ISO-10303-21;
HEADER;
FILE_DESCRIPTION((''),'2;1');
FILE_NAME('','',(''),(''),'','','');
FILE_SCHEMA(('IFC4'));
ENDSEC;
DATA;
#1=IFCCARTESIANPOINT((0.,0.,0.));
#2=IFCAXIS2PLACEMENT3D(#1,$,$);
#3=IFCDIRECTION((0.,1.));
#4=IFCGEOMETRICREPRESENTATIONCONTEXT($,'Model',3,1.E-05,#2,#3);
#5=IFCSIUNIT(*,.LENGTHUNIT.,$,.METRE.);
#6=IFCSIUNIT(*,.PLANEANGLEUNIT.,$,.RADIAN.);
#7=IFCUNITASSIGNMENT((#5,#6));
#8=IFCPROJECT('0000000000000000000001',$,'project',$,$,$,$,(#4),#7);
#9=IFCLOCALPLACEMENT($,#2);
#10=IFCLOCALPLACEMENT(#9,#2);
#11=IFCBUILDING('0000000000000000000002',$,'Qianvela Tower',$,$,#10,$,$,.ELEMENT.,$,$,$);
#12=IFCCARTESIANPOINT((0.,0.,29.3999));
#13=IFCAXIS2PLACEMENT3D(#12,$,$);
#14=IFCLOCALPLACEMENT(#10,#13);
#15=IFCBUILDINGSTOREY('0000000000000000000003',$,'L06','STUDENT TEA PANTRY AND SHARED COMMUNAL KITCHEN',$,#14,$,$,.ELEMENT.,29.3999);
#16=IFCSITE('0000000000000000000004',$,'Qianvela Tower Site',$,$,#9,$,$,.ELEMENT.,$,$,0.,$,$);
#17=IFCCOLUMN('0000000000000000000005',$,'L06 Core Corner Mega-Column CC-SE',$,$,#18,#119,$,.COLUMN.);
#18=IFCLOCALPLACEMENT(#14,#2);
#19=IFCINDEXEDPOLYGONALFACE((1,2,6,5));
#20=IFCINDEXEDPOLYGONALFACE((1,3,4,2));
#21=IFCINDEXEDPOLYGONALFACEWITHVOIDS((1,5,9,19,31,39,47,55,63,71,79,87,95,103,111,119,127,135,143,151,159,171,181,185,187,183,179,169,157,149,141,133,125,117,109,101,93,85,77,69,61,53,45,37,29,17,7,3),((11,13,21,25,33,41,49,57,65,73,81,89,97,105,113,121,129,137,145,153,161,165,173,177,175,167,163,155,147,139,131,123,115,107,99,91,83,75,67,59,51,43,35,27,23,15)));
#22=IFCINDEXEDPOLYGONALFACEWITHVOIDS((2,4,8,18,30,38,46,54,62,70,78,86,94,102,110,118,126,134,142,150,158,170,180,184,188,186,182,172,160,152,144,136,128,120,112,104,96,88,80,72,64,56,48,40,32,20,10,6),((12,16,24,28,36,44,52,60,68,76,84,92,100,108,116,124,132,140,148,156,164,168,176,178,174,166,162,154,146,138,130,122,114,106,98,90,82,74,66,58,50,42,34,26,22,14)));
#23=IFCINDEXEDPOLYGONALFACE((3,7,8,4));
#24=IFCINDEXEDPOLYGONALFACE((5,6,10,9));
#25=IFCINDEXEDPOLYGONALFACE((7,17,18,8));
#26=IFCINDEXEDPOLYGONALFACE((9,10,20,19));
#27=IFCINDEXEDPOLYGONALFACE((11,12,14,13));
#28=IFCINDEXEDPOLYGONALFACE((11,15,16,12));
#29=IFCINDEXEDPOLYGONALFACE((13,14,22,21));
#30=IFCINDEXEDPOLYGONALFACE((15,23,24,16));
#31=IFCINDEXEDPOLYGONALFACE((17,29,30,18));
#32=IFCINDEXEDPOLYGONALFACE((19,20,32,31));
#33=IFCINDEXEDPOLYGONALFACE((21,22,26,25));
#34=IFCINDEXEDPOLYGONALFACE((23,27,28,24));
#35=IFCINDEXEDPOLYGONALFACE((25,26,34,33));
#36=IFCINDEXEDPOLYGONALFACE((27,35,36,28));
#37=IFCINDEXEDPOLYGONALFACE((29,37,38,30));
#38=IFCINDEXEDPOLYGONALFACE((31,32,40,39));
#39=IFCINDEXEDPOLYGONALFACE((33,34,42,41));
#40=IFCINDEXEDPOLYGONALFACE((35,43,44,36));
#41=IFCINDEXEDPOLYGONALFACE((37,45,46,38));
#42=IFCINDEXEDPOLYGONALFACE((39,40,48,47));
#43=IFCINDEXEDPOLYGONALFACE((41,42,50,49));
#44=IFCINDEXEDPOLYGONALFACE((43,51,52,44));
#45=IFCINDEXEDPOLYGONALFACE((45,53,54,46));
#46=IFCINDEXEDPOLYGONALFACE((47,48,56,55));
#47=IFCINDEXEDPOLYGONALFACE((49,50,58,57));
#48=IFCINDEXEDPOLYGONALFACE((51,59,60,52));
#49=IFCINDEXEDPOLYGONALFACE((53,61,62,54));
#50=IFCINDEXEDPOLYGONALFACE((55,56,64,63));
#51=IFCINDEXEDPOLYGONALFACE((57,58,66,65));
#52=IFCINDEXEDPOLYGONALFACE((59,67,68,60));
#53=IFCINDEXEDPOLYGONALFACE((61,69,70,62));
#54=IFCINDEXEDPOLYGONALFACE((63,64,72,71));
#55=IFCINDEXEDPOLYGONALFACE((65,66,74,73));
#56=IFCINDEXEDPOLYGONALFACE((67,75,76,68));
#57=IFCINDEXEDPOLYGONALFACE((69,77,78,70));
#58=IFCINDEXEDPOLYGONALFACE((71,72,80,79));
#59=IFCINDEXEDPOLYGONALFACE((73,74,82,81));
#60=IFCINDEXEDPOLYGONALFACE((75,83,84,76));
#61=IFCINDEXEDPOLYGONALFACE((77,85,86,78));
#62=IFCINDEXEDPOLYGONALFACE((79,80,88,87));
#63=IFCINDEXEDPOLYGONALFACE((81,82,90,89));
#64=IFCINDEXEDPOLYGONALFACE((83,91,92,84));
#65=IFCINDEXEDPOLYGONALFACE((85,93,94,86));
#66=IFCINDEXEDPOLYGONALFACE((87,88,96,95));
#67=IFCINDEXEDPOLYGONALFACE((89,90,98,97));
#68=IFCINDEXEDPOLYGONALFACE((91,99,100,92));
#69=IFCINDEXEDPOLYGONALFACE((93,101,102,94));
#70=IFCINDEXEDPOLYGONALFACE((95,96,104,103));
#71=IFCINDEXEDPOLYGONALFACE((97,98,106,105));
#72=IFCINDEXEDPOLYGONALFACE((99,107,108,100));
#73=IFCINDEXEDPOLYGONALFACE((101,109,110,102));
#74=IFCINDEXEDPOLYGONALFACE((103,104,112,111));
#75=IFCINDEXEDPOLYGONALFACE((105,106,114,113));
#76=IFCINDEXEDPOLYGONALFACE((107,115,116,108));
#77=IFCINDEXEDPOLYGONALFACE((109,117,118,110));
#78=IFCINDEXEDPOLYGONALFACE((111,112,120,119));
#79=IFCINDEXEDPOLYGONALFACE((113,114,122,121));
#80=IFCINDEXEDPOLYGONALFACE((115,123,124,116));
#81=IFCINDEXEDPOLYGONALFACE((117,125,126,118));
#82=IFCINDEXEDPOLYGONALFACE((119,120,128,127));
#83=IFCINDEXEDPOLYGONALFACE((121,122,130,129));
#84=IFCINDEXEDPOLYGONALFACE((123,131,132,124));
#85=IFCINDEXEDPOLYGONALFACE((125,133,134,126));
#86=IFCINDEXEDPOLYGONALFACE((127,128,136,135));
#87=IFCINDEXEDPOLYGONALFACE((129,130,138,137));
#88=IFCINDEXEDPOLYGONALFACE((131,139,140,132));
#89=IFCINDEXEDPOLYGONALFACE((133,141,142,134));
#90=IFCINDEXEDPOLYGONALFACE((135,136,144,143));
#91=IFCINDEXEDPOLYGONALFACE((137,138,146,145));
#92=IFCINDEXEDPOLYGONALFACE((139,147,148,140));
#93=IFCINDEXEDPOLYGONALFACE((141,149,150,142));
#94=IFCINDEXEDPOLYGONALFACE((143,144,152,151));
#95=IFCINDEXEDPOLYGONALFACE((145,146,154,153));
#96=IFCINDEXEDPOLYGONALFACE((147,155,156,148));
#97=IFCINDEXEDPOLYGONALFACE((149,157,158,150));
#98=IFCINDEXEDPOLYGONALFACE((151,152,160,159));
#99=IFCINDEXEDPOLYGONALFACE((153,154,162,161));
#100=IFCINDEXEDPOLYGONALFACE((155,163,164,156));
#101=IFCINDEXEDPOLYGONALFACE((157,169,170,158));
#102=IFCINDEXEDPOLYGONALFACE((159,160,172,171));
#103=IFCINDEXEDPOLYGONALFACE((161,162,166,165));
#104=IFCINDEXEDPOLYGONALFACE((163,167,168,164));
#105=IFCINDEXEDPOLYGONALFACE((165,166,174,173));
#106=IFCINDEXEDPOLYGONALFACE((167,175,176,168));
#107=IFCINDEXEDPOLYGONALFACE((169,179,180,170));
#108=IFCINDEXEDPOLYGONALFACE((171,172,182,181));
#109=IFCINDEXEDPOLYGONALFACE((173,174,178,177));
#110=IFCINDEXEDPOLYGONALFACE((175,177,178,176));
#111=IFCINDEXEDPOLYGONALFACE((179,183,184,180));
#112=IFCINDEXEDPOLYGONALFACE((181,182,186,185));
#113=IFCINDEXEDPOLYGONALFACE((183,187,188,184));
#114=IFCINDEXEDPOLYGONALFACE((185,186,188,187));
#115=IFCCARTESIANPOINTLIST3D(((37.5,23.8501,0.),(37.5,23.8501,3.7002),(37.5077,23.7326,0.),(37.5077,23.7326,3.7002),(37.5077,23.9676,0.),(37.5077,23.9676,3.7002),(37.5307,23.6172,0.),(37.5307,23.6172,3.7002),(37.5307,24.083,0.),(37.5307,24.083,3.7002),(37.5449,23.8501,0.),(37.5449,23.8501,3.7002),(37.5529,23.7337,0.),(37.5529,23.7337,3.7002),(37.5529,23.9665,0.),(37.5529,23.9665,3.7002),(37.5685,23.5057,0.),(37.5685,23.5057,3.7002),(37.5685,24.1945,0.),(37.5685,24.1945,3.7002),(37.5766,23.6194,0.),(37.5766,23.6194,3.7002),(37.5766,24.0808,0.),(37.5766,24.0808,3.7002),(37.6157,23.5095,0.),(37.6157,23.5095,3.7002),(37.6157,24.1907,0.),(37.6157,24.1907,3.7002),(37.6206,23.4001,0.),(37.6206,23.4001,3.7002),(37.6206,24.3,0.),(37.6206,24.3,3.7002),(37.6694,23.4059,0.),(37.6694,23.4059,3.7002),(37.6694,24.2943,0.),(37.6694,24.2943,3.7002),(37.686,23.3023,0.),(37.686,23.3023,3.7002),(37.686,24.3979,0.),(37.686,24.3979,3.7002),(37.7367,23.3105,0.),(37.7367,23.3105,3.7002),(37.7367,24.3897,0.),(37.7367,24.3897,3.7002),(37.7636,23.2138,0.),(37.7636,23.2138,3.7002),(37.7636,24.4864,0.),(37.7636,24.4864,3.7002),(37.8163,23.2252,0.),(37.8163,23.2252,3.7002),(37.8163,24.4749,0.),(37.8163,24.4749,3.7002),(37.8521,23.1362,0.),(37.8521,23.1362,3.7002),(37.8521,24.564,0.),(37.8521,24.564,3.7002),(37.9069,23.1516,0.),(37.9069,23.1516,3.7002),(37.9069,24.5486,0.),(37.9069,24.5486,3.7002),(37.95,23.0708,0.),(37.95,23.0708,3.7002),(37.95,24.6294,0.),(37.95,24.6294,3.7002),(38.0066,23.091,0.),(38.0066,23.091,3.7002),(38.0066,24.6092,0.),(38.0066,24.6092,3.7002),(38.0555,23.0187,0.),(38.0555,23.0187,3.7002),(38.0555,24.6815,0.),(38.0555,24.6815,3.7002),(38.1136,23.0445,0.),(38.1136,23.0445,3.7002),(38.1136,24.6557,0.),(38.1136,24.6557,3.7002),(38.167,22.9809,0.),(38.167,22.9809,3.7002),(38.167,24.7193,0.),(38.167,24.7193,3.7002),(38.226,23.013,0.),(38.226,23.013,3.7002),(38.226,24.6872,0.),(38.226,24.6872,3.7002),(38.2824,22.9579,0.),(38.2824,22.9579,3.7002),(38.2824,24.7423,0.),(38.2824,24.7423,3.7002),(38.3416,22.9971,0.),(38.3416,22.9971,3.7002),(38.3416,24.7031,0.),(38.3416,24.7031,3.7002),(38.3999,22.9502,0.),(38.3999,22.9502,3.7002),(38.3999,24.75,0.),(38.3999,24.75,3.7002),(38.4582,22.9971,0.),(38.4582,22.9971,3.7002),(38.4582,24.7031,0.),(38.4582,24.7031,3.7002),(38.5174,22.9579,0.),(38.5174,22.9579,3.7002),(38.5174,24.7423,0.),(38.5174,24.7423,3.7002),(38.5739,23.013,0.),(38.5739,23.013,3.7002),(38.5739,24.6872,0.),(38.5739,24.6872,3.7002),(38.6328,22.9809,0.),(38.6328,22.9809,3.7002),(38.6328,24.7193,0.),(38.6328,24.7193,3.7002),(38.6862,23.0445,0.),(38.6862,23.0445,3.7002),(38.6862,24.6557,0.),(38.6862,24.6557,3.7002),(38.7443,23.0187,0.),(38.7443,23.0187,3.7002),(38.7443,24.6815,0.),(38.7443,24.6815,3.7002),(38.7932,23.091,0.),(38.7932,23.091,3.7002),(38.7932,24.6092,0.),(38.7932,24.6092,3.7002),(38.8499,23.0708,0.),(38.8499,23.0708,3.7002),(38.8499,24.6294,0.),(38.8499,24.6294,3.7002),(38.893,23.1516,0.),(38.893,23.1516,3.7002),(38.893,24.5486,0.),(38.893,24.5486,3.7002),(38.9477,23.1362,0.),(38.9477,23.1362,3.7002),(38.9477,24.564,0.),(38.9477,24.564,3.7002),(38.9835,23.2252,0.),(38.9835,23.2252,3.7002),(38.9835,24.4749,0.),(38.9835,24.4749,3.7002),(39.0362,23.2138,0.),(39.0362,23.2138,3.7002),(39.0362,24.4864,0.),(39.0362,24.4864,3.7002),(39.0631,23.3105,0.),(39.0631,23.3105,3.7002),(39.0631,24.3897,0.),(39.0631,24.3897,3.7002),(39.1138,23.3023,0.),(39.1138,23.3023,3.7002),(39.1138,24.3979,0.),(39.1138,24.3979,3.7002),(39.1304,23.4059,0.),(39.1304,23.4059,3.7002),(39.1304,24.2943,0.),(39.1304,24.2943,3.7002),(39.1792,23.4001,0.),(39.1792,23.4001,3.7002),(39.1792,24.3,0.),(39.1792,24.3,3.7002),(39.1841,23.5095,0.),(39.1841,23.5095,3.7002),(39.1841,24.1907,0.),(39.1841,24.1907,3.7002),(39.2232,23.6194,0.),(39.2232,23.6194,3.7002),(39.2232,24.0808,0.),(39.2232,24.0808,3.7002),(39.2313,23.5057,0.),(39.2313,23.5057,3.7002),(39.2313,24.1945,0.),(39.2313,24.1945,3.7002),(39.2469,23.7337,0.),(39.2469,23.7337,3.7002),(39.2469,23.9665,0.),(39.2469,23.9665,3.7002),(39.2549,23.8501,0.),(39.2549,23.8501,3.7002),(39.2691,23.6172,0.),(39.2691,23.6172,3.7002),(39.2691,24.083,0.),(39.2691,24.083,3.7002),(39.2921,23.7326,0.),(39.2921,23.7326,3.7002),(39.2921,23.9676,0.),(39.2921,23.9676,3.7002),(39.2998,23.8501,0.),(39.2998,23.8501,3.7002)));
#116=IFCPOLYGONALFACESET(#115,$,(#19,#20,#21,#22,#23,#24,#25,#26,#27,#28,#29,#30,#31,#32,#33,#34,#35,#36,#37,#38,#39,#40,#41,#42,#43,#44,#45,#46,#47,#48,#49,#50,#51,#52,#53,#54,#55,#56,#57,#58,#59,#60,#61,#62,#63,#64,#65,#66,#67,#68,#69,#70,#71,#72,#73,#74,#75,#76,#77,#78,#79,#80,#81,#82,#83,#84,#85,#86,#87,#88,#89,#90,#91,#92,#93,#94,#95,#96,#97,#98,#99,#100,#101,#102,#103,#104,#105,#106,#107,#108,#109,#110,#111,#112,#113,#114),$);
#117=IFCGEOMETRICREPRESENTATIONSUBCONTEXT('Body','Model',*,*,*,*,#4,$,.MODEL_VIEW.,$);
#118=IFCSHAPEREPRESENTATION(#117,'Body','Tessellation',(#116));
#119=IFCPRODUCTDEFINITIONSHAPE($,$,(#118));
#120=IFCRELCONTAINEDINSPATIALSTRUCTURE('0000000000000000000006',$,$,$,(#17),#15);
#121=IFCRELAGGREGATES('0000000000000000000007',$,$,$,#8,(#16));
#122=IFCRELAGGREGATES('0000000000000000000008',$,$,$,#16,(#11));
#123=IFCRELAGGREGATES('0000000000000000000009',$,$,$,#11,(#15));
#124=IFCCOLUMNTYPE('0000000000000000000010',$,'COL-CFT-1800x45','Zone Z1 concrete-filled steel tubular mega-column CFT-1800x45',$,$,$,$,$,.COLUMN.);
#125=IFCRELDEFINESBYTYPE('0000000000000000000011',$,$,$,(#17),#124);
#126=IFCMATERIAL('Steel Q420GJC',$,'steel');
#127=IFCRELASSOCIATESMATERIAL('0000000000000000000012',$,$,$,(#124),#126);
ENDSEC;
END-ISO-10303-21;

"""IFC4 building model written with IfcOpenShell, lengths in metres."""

from ifc_helpers import new_model, si_unit, direction, frame, origin, origin_2d, place, context, subcontext, project, spatial, hollow_circle, extrude, material, material_profile, profile_set, type_object, element, save


model = new_model("IFC4")

# Units and contexts
model_context = context("Model", 3, precision=1e-05, world=origin(), true_north=direction((0.0, 1.0)))
body_context = subcontext(model_context, "Body", "Model", "MODEL_VIEW")
ifc_project = project(units=[si_unit("LENGTHUNIT", "METRE"), si_unit("PLANEANGLEUNIT", "RADIAN")], contexts=[model_context])

# Site, building, storey
site_placement = place(None, origin())
site = spatial("IfcSite", under=ifc_project, at=site_placement, Name="Qianvela Tower Site", CompositionType="ELEMENT", RefElevation=0.0)
building_placement = place(site_placement, origin())
building = spatial("IfcBuilding", under=site, at=building_placement, Name="Qianvela Tower", CompositionType="ELEMENT")
storey_placement = place(building_placement, frame((0.0, 0.0, 29.3999)))
storey = spatial("IfcBuildingStorey", under=building, at=storey_placement, Name="L06", Description="STUDENT TEA PANTRY AND SHARED COMMUNAL KITCHEN", CompositionType="ELEMENT", Elevation=29.3999)

# Column
ifc_material_1 = material(Name="Steel Q420GJC", Category="steel")
ifc_material_profile_1 = material_profile(ifc_material_1, hollow_circle(Radius=0.8999, WallThickness=0.0449, at=origin_2d()), Name="CFT-1800x45")
ifc_profile_set_1 = profile_set([ifc_material_profile_1], Name="Steel Q420GJC")
column_type = type_object("IfcColumnType", Name="COL-CFT-1800x45", Description="Zone Z1 concrete-filled steel tubular mega-column CFT-1800x45", PredefinedType="COLUMN", material=ifc_profile_set_1)
for number, where, z_axis, x_axis, name in (
    (1, (38.3999, 23.8501, 0.0), (0.0, 0.0, 1.0), (1.0, 0.0, 0.0), "L06 Core Corner Mega-Column CC-SE"),
):
    element("IfcColumn", number, at=place(storey_placement, frame(where, z_axis=z_axis, x_axis=x_axis)), inside=storey, type_object=column_type, Name=name, PredefinedType="COLUMN", context=body_context, shape_type="SweptSolid", body=[
        extrude(hollow_circle(Radius=0.8999, WallThickness=0.0449, at=origin_2d()), origin(), (0.0, 0.0, 1.0), 3.7002),
    ])

save(model, "model.ifc")
